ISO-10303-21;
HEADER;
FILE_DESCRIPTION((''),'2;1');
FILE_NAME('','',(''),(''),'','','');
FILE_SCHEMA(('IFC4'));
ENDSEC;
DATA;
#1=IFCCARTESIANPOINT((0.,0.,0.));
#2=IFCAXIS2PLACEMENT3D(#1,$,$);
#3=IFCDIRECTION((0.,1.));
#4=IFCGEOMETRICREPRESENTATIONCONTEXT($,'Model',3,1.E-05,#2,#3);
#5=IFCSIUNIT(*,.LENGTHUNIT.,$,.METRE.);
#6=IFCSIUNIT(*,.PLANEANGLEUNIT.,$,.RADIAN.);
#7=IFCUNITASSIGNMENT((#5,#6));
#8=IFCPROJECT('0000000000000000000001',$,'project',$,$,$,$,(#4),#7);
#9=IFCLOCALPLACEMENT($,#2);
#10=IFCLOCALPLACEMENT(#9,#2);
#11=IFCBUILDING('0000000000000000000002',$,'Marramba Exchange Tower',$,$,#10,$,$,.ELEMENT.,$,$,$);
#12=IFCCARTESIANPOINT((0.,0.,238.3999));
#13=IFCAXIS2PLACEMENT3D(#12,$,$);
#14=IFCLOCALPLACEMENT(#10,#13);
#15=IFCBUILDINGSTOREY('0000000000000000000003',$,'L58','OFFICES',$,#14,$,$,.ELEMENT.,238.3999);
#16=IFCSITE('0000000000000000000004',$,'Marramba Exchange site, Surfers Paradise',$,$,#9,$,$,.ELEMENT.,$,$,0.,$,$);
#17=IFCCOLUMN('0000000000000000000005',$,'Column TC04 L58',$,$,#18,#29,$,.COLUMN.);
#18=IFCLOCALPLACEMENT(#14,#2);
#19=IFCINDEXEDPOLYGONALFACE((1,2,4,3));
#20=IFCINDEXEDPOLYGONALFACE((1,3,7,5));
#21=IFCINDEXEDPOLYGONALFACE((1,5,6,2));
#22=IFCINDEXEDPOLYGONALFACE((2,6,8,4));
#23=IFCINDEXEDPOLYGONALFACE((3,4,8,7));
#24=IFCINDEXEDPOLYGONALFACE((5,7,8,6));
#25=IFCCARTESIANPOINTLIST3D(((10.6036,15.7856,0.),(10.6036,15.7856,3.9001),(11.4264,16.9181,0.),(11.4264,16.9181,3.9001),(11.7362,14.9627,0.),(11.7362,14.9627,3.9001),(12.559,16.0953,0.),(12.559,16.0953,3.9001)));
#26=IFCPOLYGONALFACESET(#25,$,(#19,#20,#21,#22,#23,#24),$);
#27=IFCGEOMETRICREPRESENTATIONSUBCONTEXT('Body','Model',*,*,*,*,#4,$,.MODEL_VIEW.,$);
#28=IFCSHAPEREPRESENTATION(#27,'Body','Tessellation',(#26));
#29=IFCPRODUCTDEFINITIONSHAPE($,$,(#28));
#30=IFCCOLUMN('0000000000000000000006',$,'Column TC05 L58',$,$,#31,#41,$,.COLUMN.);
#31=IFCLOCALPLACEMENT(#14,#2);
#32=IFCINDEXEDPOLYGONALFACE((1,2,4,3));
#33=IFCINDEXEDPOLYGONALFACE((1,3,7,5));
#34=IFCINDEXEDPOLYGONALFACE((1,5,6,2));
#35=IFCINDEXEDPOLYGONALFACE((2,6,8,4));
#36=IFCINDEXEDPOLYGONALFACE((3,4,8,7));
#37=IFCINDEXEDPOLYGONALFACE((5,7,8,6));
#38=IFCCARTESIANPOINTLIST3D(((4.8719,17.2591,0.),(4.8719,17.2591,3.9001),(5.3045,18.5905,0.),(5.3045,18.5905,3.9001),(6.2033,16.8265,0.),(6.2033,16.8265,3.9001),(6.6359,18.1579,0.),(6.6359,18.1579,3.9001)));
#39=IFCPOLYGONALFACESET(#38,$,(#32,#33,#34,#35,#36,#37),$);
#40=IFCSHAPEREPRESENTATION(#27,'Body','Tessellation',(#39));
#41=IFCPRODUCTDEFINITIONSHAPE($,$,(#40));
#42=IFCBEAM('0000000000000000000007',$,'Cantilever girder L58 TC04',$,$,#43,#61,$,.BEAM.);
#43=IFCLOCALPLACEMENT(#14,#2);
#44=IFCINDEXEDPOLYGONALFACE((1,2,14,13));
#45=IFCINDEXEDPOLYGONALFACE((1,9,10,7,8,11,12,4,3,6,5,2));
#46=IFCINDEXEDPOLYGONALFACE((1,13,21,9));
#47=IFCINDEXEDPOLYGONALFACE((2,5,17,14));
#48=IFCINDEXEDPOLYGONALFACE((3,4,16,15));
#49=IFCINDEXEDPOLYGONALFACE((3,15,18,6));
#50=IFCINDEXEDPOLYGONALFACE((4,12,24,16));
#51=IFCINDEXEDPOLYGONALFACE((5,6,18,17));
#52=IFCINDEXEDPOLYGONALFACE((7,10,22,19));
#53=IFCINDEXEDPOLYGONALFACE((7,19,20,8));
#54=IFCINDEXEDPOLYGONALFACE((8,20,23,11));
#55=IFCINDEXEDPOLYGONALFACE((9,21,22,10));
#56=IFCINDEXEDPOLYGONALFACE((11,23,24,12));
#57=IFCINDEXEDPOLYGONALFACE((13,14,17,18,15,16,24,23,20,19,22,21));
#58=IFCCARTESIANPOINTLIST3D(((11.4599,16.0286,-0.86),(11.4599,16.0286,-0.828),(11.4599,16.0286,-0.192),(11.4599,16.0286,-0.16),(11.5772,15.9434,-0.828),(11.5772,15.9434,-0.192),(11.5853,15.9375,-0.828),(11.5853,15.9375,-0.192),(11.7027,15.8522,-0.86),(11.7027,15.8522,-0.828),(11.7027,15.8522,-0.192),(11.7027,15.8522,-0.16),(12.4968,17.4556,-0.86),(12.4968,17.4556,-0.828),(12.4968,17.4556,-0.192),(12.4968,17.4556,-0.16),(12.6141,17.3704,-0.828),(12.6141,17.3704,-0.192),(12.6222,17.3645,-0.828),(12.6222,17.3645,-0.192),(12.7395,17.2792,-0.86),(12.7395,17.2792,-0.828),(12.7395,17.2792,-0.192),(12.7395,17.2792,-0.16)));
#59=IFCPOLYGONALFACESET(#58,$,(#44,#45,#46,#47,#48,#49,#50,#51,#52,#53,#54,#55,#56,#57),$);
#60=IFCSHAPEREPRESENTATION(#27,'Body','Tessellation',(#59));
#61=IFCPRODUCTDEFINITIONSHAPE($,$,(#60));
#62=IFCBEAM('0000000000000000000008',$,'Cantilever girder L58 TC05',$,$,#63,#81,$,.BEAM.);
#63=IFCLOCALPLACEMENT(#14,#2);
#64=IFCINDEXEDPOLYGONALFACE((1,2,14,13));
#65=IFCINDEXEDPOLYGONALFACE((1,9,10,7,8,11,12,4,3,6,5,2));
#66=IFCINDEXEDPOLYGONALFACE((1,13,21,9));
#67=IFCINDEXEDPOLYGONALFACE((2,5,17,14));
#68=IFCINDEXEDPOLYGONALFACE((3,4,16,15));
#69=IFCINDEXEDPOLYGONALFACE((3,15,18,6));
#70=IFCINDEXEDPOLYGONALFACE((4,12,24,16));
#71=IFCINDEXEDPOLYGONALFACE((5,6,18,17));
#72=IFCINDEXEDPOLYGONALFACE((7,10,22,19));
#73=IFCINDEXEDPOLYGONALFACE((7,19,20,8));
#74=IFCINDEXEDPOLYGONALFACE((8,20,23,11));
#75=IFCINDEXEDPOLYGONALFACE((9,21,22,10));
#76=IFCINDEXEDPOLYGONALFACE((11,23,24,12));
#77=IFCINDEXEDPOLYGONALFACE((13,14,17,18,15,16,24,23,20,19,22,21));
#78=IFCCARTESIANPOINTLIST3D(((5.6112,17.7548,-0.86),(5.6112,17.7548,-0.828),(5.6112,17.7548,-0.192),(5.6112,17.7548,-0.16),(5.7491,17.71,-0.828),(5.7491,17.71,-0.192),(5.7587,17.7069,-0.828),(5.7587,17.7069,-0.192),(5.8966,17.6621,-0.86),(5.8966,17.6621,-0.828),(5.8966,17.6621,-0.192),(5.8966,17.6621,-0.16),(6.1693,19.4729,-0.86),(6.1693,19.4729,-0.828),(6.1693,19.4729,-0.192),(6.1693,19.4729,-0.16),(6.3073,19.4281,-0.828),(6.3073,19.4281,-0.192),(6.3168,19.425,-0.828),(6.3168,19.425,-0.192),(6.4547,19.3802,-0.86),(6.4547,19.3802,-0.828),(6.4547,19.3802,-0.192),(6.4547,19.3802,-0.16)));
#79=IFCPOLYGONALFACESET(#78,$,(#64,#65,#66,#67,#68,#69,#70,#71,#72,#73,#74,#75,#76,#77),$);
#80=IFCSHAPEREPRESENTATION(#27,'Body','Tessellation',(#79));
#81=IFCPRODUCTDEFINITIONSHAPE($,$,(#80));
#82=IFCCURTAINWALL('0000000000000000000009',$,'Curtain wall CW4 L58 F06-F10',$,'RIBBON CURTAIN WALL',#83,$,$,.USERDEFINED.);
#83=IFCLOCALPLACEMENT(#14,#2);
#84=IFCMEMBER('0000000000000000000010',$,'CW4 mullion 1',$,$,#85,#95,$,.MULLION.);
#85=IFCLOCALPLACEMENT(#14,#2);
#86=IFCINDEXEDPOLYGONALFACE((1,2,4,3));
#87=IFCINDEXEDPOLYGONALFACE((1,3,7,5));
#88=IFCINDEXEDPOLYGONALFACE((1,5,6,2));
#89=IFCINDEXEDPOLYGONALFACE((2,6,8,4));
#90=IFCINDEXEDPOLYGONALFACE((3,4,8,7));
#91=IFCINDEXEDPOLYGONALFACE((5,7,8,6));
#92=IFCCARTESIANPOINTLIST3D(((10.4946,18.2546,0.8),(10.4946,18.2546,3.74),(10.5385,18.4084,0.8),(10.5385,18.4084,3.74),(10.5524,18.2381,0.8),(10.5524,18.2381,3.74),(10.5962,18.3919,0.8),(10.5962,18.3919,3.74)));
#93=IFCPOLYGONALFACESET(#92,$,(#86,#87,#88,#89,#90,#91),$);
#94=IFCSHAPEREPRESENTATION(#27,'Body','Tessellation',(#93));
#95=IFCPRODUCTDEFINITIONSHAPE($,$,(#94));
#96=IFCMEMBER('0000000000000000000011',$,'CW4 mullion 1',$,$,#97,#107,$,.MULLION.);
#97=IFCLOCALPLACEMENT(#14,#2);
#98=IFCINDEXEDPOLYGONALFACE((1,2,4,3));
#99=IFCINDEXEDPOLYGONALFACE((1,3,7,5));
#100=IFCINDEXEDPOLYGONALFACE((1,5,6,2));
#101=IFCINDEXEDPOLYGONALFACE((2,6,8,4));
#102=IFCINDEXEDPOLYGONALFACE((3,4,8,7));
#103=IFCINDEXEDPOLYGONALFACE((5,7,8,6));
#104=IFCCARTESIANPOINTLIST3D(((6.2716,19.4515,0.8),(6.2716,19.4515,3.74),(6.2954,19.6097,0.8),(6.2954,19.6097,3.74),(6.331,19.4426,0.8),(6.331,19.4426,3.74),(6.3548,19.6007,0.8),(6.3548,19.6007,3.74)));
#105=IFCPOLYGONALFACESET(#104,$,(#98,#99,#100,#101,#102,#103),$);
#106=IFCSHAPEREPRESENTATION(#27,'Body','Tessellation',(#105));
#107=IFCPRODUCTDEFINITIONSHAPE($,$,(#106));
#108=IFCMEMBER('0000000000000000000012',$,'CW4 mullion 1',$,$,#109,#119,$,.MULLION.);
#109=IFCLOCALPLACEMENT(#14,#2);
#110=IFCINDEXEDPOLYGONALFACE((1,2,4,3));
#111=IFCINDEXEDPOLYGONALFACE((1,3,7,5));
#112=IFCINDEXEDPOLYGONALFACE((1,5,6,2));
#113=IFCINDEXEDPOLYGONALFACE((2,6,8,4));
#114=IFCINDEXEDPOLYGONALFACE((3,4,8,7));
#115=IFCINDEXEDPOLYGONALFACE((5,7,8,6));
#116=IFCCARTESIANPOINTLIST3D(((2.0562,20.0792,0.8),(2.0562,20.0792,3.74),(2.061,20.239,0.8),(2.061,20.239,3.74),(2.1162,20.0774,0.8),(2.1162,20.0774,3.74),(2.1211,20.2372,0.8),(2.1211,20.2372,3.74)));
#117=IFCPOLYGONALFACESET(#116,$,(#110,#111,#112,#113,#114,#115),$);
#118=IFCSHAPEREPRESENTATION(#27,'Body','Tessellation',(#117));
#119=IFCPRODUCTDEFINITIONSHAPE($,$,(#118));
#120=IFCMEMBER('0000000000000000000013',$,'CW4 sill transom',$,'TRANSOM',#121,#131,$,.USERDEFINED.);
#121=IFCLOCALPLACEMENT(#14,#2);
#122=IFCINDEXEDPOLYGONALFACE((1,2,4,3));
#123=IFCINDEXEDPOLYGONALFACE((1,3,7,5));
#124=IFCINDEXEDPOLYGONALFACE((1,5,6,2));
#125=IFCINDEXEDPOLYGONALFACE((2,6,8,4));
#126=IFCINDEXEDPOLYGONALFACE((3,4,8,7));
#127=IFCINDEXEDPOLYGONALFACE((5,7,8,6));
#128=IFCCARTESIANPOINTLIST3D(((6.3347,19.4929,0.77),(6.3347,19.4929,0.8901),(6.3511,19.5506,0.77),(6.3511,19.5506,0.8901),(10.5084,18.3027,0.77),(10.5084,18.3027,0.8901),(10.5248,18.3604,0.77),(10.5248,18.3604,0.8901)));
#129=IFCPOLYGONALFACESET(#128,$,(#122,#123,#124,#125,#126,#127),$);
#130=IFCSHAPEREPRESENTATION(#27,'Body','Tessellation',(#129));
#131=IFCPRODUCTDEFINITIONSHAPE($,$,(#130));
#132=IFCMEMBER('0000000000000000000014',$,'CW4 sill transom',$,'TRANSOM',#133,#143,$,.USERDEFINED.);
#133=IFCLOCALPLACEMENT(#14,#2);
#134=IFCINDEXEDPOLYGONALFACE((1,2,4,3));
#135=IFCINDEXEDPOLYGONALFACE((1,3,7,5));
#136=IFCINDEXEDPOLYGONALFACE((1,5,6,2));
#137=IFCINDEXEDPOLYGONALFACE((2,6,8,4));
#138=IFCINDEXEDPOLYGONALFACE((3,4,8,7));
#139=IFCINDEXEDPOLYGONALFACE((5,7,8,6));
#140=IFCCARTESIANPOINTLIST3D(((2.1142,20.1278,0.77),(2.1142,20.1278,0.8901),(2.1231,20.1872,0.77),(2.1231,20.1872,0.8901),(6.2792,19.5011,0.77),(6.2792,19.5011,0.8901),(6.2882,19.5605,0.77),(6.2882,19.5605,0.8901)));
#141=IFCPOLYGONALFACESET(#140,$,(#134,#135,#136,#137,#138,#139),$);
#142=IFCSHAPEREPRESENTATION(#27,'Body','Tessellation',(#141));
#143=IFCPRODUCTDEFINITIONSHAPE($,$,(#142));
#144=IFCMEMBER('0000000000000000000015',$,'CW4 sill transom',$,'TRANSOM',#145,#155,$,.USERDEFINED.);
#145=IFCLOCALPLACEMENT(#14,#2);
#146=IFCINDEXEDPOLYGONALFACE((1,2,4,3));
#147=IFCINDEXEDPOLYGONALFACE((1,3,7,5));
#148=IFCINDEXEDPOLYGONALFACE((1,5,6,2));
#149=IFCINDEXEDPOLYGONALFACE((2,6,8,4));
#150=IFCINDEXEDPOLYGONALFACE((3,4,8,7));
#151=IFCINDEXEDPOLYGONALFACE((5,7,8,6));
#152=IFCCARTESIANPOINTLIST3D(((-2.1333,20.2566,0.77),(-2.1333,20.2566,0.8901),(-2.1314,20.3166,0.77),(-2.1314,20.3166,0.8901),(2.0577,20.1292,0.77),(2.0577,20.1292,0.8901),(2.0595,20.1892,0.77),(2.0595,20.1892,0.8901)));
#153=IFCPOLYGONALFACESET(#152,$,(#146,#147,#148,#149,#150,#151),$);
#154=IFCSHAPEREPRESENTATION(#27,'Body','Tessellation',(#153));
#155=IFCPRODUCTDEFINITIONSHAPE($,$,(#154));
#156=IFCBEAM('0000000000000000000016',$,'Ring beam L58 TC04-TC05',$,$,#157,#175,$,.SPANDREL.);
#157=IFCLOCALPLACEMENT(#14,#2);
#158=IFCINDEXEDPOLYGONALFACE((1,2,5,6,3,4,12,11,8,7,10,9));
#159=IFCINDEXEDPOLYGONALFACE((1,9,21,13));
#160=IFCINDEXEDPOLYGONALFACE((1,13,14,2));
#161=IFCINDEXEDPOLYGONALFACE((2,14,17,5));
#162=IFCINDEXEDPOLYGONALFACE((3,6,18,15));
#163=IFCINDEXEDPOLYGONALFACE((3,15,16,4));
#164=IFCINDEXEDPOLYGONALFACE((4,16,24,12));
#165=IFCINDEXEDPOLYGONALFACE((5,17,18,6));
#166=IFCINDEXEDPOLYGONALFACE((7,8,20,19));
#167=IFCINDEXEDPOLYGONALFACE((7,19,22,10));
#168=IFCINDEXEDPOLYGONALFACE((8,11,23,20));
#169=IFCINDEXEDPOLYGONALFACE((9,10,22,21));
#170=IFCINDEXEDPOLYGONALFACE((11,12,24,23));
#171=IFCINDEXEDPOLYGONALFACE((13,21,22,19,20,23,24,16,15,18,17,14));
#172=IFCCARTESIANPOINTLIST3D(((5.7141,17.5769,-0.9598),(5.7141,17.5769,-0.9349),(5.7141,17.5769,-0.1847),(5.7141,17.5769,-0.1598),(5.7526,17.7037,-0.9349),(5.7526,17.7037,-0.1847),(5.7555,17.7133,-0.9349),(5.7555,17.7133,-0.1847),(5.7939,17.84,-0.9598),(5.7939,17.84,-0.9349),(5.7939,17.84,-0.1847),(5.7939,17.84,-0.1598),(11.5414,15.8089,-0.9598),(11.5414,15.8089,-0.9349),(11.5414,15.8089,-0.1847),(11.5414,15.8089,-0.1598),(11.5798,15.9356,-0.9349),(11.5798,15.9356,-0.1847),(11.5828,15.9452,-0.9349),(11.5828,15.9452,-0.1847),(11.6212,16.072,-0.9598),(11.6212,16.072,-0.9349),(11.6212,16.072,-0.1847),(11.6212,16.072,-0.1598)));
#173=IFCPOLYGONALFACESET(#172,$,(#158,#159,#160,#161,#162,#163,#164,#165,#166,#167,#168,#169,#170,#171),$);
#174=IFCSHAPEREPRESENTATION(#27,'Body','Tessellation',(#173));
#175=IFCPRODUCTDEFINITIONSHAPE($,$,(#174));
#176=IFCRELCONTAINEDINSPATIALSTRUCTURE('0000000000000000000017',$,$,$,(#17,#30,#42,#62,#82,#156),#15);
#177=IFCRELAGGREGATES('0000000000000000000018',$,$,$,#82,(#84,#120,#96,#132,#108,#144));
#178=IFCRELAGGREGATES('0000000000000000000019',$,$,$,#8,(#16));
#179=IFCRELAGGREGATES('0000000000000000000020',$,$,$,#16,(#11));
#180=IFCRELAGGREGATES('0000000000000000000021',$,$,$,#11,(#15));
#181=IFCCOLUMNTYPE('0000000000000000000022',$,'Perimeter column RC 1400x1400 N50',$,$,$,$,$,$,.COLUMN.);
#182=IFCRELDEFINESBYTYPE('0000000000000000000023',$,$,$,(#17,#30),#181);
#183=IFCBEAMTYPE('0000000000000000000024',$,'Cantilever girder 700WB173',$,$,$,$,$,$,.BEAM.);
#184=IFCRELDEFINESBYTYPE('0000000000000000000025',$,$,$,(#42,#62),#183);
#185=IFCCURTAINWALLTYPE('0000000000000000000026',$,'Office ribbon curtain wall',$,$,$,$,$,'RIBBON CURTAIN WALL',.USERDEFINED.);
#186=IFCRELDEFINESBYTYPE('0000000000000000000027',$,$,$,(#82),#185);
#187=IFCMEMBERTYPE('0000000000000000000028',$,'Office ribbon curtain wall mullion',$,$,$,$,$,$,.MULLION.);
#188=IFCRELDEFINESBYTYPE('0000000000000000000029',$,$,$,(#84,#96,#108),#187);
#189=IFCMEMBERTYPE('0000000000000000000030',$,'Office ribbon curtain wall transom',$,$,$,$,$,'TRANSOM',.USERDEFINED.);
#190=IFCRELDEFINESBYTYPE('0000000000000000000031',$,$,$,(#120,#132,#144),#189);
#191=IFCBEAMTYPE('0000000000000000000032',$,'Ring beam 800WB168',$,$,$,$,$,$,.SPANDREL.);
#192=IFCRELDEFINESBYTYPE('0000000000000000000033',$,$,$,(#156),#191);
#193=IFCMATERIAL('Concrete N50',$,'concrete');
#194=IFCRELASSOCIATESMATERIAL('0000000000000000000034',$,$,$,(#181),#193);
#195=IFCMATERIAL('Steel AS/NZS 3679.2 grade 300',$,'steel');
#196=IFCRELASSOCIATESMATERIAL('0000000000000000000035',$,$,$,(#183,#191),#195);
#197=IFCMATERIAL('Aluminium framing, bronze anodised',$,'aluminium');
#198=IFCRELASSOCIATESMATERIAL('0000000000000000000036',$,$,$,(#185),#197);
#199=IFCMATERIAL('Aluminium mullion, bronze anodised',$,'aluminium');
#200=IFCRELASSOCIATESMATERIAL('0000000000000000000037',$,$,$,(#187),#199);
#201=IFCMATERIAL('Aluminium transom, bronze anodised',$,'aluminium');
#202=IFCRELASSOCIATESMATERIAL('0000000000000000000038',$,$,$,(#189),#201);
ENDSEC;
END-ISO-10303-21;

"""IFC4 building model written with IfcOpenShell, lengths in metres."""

from ifc_helpers import new_model, si_unit, direction, frame, origin, origin_2d, place, context, subcontext, project, spatial, rectangle, i_section, extrude, material, material_profile, profile_set, type_object, element, aggregate, save


model = new_model("IFC4")

# Units and contexts
model_context = context("Model", 3, precision=1e-05, world=origin(), true_north=direction((0.0, 1.0)))
body_context = subcontext(model_context, "Body", "Model", "MODEL_VIEW")
ifc_project = project(units=[si_unit("LENGTHUNIT", "METRE"), si_unit("PLANEANGLEUNIT", "RADIAN")], contexts=[model_context])

# Site, building, storey
site_placement = place(None, origin())
site = spatial("IfcSite", under=ifc_project, at=site_placement, Name="Marramba Exchange site, Surfers Paradise", CompositionType="ELEMENT", RefElevation=0.0)
building_placement = place(site_placement, origin())
building = spatial("IfcBuilding", under=site, at=building_placement, Name="Marramba Exchange Tower", CompositionType="ELEMENT")
storey_placement = place(building_placement, frame((0.0, 0.0, 238.3999)))
storey = spatial("IfcBuildingStorey", under=building, at=storey_placement, Name="L58", Description="OFFICES", CompositionType="ELEMENT", Elevation=238.3999)

# Columns
ifc_material_1 = material(Name="Concrete N50", Category="concrete")
ifc_material_profile_1 = material_profile(ifc_material_1, rectangle(XDim=1.3999, YDim=1.3999, at=origin_2d()), Name="RC 1400x1400")
ifc_profile_set_1 = profile_set([ifc_material_profile_1], Name="Concrete N50")
column_type = type_object("IfcColumnType", Name="Perimeter column RC 1400x1400 N50", PredefinedType="COLUMN", material=ifc_profile_set_1)
for number, where, z_axis, x_axis, name in (
    (1, (11.5813, 15.9404, 0.0), (0.0, 0.0, 1.0), (0.587785, 0.809017, 0.0), "Column TC04 L58"),
    (2, (5.7539, 17.7085, 0.0), (0.0, 0.0, 1.0), (0.309017, 0.951057, 0.0), "Column TC05 L58"),
):
    element("IfcColumn", number, at=place(storey_placement, frame(where, z_axis=z_axis, x_axis=x_axis)), inside=storey, type_object=column_type, Name=name, PredefinedType="COLUMN", context=body_context, shape_type="SweptSolid", body=[
        extrude(rectangle(XDim=1.3999, YDim=1.3999, at=origin_2d()), origin(), (0.0, 0.0, 1.0), 3.9001),
    ])

# Beams
ifc_material_2 = material(Name="Steel AS/NZS 3679.2 grade 300", Category="steel")
ifc_material_profile_2 = material_profile(ifc_material_2, i_section(OverallWidth=0.3, OverallDepth=0.7, WebThickness=0.01, FlangeThickness=0.032, at=origin_2d()), Name="700WB173")
ifc_profile_set_2 = profile_set([ifc_material_profile_2], Name="Steel AS/NZS 3679.2 grade 300")
beam_type_1 = type_object("IfcBeamType", Name="Cantilever girder 700WB173", PredefinedType="BEAM", material=ifc_profile_set_2)
beam_1_placement = place(storey_placement, frame((11.5813, 15.9404, -0.51), z_axis=(0.587818, 0.808993, 0.0), x_axis=(-0.808993, 0.587818, 0.0)))
element("IfcBeam", 3, at=beam_1_placement, inside=storey, type_object=beam_type_1, Name="Cantilever girder L58 TC04", PredefinedType="BEAM", context=body_context, shape_type="SweptSolid", body=[
    extrude(i_section(OverallWidth=0.3, OverallDepth=0.7, WebThickness=0.01, FlangeThickness=0.032, at=origin_2d()), origin(), (0.0, 0.0, 1.0), 1.7639),
])
beam_2_placement = place(storey_placement, frame((5.7539, 17.7085, -0.51), z_axis=(0.308961, 0.951075, 0.0), x_axis=(-0.951075, 0.308961, 0.0)))
element("IfcBeam", 4, at=beam_2_placement, inside=storey, type_object=beam_type_1, Name="Cantilever girder L58 TC05", PredefinedType="BEAM", context=body_context, shape_type="SweptSolid", body=[
    extrude(i_section(OverallWidth=0.3, OverallDepth=0.7, WebThickness=0.01, FlangeThickness=0.032, at=origin_2d()), origin(), (0.0, 0.0, 1.0), 1.8064),
])

# Curtain wall, members
ifc_material_3 = material(Name="Aluminium framing, bronze anodised", Category="aluminium")
curtain_wall_type = type_object("IfcCurtainWallType", Name="Office ribbon curtain wall", ElementType="RIBBON CURTAIN WALL", PredefinedType="USERDEFINED", material=ifc_material_3)
curtain_wall_1_placement = place(storey_placement, origin())
curtain_wall_1 = element("IfcCurtainWall", 5, at=curtain_wall_1_placement, inside=storey, type_object=curtain_wall_type, Name="Curtain wall CW4 L58 F06-F10", ObjectType="RIBBON CURTAIN WALL", PredefinedType="USERDEFINED")
ifc_material_4 = material(Name="Aluminium mullion, bronze anodised", Category="aluminium")
ifc_material_profile_3 = material_profile(ifc_material_4, rectangle(XDim=0.1599, YDim=0.0601, at=origin_2d()), Name="CW4 mullion 60x160")
ifc_profile_set_3 = profile_set([ifc_material_profile_3], Name="Aluminium mullion, bronze anodised")
member_type_1 = type_object("IfcMemberType", Name="Office ribbon curtain wall mullion", PredefinedType="MULLION", material=ifc_profile_set_3)
member_1_placement = place(storey_placement, frame((10.5454, 18.3232, 0.8), z_axis=(0.0, 0.0, 1.0), x_axis=(-0.274248, -0.961659, 0.0)))
member_1 = element("IfcMember", 6, at=member_1_placement, type_object=member_type_1, Name="CW4 mullion 1", PredefinedType="MULLION", context=body_context, shape_type="SweptSolid", body=[
    extrude(rectangle(XDim=0.1599, YDim=0.0601, at=origin_2d()), origin(), (0.0, 0.0, 1.0), 2.9399),
])
member_2_placement = place(storey_placement, frame((6.3132, 19.5261, 0.8), z_axis=(0.0, 0.0, 1.0), x_axis=(-0.148795, -0.988868, 0.0)))
member_2 = element("IfcMember", 7, at=member_2_placement, type_object=member_type_1, Name="CW4 mullion 1", PredefinedType="MULLION", context=body_context, shape_type="SweptSolid", body=[
    extrude(rectangle(XDim=0.1599, YDim=0.0601, at=origin_2d()), origin(), (0.0, 0.0, 1.0), 2.9399),
])
member_3_placement = place(storey_placement, frame((2.0886, 20.1582, 0.8), z_axis=(0.0, 0.0, 1.0), x_axis=(-0.030394, -0.999538, 0.0)))
member_3 = element("IfcMember", 8, at=member_3_placement, type_object=member_type_1, Name="CW4 mullion 1", PredefinedType="MULLION", context=body_context, shape_type="SweptSolid", body=[
    extrude(rectangle(XDim=0.1599, YDim=0.0601, at=origin_2d()), origin(), (0.0, 0.0, 1.0), 2.9399),
])
ifc_material_5 = material(Name="Aluminium transom, bronze anodised", Category="aluminium")
ifc_material_profile_4 = material_profile(ifc_material_5, rectangle(XDim=0.0601, YDim=0.1201, at=origin_2d()), Name="CW4 transom 60x120")
ifc_profile_set_4 = profile_set([ifc_material_profile_4], Name="Aluminium transom, bronze anodised")
member_type_2 = type_object("IfcMemberType", Name="Office ribbon curtain wall transom", ElementType="TRANSOM", PredefinedType="USERDEFINED", material=ifc_profile_set_4)
member_4_placement = place(storey_placement, frame((10.5166, 18.3315, 0.8301), z_axis=(-0.961662, 0.274238, 0.0), x_axis=(-0.274238, -0.961662, 0.0)))
member_4 = element("IfcMember", 9, at=member_4_placement, type_object=member_type_2, Name="CW4 sill transom", ObjectType="TRANSOM", PredefinedType="USERDEFINED", context=body_context, shape_type="SweptSolid", body=[
    extrude(rectangle(XDim=0.0601, YDim=0.1201, at=origin_2d()), origin(), (0.0, 0.0, 1.0), 4.3401),
])
member_5_placement = place(storey_placement, frame((6.2837, 19.5308, 0.8301), z_axis=(-0.988868, 0.148794, 0.0), x_axis=(-0.148794, -0.988868, 0.0)))
member_5 = element("IfcMember", 10, at=member_5_placement, type_object=member_type_2, Name="CW4 sill transom", ObjectType="TRANSOM", PredefinedType="USERDEFINED", context=body_context, shape_type="SweptSolid", body=[
    extrude(rectangle(XDim=0.0601, YDim=0.1201, at=origin_2d()), origin(), (0.0, 0.0, 1.0), 4.2119),
])
member_6_placement = place(storey_placement, frame((2.0586, 20.1592, 0.8301), z_axis=(-0.999538, 0.030395, 0.0), x_axis=(-0.030395, -0.999538, 0.0)))
member_6 = element("IfcMember", 11, at=member_6_placement, type_object=member_type_2, Name="CW4 sill transom", ObjectType="TRANSOM", PredefinedType="USERDEFINED", context=body_context, shape_type="SweptSolid", body=[
    extrude(rectangle(XDim=0.0601, YDim=0.1201, at=origin_2d()), origin(), (0.0, 0.0, 1.0), 4.1929),
])

# Beam
ifc_material_profile_5 = material_profile(ifc_material_2, i_section(OverallWidth=0.2749, OverallDepth=0.8, WebThickness=0.01, FlangeThickness=0.0249, at=origin_2d()), Name="800WB168")
ifc_profile_set_5 = profile_set([ifc_material_profile_5], Name="Steel AS/NZS 3679.2 grade 300")
beam_type_2 = type_object("IfcBeamType", Name="Ring beam 800WB168", PredefinedType="SPANDREL", material=ifc_profile_set_5)
beam_3_placement = place(storey_placement, frame((11.5813, 15.9404, -0.5598), z_axis=(-0.956925, 0.290337, 0.0), x_axis=(-0.290337, -0.956925, 0.0)))
element("IfcBeam", 12, at=beam_3_placement, inside=storey, type_object=beam_type_2, Name="Ring beam L58 TC04-TC05", PredefinedType="SPANDREL", context=body_context, shape_type="SweptSolid", body=[
    extrude(i_section(OverallWidth=0.2749, OverallDepth=0.8, WebThickness=0.01, FlangeThickness=0.0249, at=origin_2d()), origin(), (0.0, 0.0, 1.0), 6.0896),
])

aggregate(curtain_wall_1, [member_1, member_4, member_2, member_5, member_3, member_6])

save(model, "model.ifc")
